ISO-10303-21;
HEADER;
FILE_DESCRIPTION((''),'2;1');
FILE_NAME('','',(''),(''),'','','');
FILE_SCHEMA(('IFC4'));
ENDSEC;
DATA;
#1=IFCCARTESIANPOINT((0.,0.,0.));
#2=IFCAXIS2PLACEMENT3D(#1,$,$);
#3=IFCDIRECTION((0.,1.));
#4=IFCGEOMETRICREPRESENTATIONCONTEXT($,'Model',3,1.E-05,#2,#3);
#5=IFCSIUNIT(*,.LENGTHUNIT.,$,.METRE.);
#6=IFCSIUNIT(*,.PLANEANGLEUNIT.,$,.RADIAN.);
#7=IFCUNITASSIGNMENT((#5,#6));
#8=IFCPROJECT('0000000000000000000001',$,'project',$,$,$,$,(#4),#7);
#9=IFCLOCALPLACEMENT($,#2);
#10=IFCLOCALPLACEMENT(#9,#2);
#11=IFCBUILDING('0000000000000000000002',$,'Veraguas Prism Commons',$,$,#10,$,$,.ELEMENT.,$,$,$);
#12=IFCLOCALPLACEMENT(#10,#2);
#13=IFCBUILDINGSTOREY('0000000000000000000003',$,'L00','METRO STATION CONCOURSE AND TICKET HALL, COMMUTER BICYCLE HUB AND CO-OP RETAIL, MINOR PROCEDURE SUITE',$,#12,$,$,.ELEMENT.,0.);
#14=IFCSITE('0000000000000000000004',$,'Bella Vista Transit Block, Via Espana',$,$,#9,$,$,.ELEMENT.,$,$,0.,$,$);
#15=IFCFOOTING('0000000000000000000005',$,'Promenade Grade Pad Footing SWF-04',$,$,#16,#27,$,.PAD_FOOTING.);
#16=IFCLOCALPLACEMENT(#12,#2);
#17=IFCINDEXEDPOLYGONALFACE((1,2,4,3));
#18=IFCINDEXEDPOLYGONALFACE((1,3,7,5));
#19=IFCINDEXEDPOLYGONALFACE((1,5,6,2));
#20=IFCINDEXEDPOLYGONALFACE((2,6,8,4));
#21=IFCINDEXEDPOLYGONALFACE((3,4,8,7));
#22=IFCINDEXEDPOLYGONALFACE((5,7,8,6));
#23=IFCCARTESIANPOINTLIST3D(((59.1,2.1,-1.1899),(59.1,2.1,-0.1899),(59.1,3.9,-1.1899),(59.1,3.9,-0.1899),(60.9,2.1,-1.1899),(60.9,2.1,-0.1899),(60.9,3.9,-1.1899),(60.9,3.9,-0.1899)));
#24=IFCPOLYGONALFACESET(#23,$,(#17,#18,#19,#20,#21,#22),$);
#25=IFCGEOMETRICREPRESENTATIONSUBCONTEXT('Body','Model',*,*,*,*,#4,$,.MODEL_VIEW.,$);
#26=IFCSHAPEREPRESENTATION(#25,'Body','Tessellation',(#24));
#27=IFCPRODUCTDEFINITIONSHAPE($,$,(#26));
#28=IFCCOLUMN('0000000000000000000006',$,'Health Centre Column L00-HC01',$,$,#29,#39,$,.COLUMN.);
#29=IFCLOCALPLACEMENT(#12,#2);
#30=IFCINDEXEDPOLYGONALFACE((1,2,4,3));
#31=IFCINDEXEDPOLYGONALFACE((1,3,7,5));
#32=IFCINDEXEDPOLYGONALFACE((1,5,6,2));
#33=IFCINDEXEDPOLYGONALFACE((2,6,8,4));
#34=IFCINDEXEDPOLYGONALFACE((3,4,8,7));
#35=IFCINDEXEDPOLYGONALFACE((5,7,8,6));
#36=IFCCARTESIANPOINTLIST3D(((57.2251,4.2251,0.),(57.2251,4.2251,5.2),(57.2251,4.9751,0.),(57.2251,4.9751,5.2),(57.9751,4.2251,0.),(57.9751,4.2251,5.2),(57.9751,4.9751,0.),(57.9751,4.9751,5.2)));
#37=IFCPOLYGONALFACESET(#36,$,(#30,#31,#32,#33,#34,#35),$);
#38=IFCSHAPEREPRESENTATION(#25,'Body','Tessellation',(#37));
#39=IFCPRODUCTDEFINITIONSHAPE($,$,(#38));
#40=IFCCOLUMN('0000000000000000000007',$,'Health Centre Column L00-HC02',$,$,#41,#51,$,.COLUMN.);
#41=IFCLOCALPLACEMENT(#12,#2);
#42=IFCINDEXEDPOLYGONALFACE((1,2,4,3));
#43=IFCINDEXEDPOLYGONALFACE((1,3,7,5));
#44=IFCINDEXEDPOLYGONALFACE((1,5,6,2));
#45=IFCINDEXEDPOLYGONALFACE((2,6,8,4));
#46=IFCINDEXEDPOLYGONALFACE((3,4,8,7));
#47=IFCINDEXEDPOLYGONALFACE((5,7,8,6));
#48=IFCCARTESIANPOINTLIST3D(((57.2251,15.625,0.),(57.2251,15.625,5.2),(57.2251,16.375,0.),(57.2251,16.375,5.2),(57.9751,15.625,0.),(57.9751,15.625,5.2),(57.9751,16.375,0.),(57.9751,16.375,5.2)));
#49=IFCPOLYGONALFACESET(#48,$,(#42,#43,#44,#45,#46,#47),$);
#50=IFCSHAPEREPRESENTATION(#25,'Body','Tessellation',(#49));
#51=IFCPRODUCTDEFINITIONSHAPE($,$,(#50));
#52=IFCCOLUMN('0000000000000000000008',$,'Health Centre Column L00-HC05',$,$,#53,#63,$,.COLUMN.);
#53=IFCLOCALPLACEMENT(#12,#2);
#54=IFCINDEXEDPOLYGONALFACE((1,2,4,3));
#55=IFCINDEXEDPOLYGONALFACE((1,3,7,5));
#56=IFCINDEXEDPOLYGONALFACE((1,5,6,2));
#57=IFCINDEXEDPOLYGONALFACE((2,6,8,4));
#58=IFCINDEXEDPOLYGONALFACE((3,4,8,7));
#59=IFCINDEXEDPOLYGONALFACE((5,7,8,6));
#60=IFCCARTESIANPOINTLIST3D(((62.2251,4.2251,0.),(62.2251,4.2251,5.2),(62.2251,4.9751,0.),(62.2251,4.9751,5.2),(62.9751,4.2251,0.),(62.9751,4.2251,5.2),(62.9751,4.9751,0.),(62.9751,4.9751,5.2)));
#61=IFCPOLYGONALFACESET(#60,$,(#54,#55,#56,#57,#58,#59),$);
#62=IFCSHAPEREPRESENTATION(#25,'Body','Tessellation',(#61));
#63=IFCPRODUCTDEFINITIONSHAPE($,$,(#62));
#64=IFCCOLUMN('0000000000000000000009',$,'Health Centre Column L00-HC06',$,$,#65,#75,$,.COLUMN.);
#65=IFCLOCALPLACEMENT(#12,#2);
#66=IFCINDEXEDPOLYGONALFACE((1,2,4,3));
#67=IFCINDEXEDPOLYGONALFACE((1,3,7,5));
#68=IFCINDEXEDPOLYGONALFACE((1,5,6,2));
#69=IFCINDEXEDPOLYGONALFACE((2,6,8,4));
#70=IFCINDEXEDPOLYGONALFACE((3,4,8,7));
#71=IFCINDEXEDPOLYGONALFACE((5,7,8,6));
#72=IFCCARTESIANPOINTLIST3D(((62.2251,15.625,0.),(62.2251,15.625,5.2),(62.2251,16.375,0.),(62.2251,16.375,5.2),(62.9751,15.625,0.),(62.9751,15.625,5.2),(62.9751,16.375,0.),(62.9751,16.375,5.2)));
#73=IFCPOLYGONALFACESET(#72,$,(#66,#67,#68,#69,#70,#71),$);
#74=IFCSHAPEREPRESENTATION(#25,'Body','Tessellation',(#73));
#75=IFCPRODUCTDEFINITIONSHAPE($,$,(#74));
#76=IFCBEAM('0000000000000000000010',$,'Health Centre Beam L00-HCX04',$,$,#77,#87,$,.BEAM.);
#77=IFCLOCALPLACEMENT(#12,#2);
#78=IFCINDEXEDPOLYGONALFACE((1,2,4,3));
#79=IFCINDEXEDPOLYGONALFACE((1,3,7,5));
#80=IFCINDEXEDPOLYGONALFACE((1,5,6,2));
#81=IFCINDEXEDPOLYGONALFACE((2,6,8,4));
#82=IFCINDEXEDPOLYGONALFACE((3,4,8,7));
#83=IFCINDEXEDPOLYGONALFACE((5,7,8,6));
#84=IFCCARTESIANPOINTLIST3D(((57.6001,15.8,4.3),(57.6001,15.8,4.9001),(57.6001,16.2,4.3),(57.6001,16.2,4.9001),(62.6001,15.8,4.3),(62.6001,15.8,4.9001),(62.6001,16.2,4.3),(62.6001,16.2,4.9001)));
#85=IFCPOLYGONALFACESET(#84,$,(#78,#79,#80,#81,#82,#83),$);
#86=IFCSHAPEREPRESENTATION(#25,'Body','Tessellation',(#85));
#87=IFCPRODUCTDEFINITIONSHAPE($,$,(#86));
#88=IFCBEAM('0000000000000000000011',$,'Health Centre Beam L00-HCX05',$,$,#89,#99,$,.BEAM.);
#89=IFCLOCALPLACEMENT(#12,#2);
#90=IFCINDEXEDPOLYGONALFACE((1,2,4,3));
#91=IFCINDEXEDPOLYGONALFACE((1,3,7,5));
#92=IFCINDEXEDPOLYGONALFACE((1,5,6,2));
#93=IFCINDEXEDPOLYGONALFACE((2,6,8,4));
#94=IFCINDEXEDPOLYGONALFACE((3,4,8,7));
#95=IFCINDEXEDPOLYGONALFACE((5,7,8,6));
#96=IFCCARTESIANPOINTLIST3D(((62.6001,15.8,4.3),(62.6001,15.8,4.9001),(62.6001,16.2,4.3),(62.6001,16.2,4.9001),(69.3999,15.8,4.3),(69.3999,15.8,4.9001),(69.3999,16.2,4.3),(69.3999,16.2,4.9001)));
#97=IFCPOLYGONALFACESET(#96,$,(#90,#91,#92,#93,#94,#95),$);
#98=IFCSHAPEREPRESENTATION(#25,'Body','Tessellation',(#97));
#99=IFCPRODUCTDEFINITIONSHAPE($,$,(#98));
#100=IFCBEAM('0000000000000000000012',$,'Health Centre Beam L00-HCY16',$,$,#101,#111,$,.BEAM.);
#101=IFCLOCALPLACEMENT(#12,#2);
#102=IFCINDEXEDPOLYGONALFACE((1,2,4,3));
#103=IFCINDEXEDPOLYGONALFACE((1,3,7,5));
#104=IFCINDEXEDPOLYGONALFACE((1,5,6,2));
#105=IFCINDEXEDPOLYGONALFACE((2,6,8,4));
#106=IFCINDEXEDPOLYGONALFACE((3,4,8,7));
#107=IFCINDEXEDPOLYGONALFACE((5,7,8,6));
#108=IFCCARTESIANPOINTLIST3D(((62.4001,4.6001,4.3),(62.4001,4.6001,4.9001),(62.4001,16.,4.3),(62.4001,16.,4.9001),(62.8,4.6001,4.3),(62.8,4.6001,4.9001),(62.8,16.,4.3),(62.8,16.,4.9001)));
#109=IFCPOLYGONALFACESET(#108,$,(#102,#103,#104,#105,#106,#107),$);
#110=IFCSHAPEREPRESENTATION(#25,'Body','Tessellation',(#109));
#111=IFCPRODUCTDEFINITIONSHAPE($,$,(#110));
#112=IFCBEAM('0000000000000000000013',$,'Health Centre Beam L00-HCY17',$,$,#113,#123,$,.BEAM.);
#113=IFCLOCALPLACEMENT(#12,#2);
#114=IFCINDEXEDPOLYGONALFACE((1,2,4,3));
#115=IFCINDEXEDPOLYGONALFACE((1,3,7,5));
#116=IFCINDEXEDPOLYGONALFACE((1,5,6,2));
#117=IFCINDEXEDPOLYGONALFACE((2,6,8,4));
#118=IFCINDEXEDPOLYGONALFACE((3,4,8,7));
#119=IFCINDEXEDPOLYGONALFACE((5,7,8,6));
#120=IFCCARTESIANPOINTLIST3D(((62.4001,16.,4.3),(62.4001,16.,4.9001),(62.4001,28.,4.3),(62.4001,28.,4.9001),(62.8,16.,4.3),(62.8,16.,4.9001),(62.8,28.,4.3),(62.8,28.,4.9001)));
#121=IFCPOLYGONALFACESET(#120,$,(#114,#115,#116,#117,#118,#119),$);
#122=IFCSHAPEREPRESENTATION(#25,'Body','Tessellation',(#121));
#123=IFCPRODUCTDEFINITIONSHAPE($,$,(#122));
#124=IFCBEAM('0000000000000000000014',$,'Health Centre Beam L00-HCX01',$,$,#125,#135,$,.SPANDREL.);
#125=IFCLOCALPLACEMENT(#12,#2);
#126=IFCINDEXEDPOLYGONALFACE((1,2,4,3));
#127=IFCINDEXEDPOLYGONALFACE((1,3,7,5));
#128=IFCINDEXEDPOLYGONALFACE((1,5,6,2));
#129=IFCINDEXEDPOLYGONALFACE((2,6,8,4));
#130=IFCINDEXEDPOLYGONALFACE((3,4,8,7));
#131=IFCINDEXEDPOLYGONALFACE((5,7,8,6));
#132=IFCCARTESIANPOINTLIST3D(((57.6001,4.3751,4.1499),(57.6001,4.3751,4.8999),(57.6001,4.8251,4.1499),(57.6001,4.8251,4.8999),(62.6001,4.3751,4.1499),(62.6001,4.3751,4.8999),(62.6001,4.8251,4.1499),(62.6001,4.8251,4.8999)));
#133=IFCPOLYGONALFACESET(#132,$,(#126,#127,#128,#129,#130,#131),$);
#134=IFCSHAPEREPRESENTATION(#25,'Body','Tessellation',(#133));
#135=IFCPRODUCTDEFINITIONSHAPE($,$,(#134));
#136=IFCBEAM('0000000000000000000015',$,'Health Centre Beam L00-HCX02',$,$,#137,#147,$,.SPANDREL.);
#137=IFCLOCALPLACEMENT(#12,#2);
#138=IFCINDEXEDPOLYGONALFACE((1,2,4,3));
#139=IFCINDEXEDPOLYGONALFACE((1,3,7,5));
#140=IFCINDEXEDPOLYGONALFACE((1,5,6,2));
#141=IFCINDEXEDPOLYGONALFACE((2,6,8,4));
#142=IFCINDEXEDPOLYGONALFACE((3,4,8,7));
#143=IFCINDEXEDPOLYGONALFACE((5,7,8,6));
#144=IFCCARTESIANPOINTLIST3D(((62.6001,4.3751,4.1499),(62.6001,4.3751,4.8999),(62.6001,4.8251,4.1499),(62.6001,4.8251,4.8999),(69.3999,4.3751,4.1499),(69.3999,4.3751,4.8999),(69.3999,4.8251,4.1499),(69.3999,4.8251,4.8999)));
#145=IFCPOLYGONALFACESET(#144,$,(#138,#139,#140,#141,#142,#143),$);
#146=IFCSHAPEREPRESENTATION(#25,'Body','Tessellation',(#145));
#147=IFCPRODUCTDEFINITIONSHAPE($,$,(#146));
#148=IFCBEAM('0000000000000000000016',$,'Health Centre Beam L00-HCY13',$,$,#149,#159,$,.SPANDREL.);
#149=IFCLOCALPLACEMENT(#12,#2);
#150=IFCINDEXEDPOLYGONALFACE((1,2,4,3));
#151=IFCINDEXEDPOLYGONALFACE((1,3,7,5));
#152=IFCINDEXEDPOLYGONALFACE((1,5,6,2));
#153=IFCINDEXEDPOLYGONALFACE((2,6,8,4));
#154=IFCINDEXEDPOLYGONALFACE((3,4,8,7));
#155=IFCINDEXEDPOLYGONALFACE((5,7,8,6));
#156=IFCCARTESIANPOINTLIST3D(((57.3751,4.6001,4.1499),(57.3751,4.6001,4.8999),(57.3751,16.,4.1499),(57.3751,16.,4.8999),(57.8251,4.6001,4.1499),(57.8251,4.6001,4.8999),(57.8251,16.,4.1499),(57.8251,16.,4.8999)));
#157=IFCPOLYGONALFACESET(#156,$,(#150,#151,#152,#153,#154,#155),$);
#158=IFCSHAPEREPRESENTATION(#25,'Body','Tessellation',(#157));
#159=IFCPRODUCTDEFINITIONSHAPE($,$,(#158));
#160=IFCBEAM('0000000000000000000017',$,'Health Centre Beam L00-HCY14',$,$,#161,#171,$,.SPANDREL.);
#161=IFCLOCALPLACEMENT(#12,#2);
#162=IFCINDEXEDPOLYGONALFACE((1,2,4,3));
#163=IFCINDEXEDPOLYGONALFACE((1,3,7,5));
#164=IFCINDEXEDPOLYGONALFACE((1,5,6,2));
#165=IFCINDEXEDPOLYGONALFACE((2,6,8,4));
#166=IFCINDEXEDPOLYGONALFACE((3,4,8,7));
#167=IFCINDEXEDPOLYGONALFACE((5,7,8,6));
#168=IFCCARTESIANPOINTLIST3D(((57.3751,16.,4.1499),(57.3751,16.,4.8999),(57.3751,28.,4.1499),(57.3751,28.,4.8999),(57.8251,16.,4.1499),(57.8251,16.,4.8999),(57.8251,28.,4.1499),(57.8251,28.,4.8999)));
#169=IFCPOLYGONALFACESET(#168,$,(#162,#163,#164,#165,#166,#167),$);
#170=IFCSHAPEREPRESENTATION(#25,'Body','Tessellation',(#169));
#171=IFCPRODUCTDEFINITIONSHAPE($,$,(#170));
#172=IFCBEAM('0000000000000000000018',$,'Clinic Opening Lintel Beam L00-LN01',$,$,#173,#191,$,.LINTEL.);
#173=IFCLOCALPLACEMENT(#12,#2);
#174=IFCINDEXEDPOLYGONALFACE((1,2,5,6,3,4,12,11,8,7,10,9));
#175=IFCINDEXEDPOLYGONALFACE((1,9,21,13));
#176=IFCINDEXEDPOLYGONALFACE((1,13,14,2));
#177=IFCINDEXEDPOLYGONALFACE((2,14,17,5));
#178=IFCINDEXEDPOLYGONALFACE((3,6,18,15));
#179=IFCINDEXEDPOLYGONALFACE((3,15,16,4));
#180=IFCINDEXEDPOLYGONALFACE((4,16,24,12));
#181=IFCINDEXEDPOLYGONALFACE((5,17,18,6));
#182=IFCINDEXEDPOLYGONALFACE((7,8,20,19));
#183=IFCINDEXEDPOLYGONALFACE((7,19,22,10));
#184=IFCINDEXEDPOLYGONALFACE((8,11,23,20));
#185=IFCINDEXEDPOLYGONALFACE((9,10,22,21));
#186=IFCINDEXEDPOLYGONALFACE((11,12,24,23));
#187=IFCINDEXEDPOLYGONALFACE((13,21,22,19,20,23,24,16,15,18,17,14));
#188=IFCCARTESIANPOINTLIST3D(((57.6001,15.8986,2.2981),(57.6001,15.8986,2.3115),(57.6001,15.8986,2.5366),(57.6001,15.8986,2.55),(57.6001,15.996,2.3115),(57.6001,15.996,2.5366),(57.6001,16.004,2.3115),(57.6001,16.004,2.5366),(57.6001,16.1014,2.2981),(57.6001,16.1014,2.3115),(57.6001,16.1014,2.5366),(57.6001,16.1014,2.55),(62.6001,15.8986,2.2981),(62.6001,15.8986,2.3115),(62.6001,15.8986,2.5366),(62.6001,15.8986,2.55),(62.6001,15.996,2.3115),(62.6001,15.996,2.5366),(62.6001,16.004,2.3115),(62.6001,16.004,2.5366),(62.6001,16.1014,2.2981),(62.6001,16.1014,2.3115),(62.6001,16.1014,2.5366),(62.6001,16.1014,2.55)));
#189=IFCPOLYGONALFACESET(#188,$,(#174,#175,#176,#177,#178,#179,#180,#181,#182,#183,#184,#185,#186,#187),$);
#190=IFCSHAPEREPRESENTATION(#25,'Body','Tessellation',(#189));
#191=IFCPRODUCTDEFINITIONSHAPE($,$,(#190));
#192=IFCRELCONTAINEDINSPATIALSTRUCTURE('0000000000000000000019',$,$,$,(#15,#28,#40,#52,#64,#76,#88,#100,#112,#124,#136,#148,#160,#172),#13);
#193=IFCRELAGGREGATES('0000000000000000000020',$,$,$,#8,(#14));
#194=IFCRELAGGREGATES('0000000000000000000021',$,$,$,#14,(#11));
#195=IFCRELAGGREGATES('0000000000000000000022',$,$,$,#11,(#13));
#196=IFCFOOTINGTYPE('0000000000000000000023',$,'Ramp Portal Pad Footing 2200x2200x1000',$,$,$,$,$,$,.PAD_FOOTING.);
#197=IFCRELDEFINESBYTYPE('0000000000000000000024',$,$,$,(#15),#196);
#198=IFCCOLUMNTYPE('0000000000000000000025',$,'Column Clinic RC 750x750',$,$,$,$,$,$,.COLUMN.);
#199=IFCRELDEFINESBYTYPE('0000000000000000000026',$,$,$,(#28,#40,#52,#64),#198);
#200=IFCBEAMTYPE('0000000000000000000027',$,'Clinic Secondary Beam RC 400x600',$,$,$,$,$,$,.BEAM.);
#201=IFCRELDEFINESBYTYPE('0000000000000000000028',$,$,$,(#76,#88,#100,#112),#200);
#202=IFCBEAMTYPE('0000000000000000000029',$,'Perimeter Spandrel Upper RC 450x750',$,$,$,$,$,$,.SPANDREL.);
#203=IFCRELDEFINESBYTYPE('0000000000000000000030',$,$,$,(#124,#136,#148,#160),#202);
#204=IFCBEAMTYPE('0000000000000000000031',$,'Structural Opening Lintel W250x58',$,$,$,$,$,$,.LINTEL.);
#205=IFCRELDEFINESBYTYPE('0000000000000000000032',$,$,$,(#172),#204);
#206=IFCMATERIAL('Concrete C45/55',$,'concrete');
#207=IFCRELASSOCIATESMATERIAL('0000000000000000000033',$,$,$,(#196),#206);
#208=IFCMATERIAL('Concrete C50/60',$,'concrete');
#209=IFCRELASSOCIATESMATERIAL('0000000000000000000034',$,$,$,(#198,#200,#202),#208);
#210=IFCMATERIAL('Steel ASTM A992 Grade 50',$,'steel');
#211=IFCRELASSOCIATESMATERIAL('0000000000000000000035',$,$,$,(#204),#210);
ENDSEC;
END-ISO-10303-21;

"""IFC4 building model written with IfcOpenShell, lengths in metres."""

from ifc_helpers import new_model, si_unit, direction, frame, origin, origin_2d, place, context, subcontext, project, spatial, rectangle, i_section, extrude, source, transform, mapped, material, material_profile, profile_set, type_object, element, save


model = new_model("IFC4")

# Units and contexts
model_context = context("Model", 3, precision=1e-05, world=origin(), true_north=direction((0.0, 1.0)))
body_context = subcontext(model_context, "Body", "Model", "MODEL_VIEW")
ifc_project = project(units=[si_unit("LENGTHUNIT", "METRE"), si_unit("PLANEANGLEUNIT", "RADIAN")], contexts=[model_context])

# Site, building, storey
site_placement = place(None, origin())
site = spatial("IfcSite", under=ifc_project, at=site_placement, Name="Bella Vista Transit Block, Via Espana", CompositionType="ELEMENT", RefElevation=0.0)
building_placement = place(site_placement, origin())
building = spatial("IfcBuilding", under=site, at=building_placement, Name="Veraguas Prism Commons", CompositionType="ELEMENT")
storey_placement = place(building_placement, origin())
storey = spatial("IfcBuildingStorey", under=building, at=storey_placement, Name="L00", Description="METRO STATION CONCOURSE AND TICKET HALL, COMMUTER BICYCLE HUB AND CO-OP RETAIL, MINOR PROCEDURE SUITE", CompositionType="ELEMENT", Elevation=0.0)

# Footing
ifc_material_1 = material(Name="Concrete C45/55", Category="concrete")
footing_type = type_object("IfcFootingType", Name="Ramp Portal Pad Footing 2200x2200x1000", PredefinedType="PAD_FOOTING", material=ifc_material_1)
shared_shape_1 = source(origin(), body_context, "Body", "SweptSolid", [
    extrude(rectangle(XDim=1.8, YDim=1.8, at=origin_2d()), origin(), (0.0, 0.0, 1.0), 1.0),
])
footing_placement = place(storey_placement, frame((60.0, 3.0, -1.1899), z_axis=(0.0, 0.0, 1.0), x_axis=(1.0, 0.0, 0.0)))
element("IfcFooting", 1, at=footing_placement, inside=storey, type_object=footing_type, Name="Promenade Grade Pad Footing SWF-04", PredefinedType="PAD_FOOTING", context=body_context, shape_type="MappedRepresentation", body=[
    mapped(shared_shape_1, transform((0.0, 0.0, 0.0), scale=1.0)),
])

# Columns
ifc_material_2 = material(Name="Concrete C50/60", Category="concrete")
ifc_material_profile_1 = material_profile(ifc_material_2, rectangle(XDim=0.75, YDim=0.75, at=origin_2d()), Name="RC750X750")
ifc_profile_set_1 = profile_set([ifc_material_profile_1], Name="Concrete C50/60")
column_type = type_object("IfcColumnType", Name="Column Clinic RC 750x750", PredefinedType="COLUMN", material=ifc_profile_set_1)
for number, where, z_axis, x_axis, name in (
    (2, (57.6001, 4.6001, 0.0), (0.0, 0.0, 1.0), (1.0, 0.0, 0.0), "Health Centre Column L00-HC01"),
    (3, (57.6001, 16.0, 0.0), (0.0, 0.0, 1.0), (1.0, 0.0, 0.0), "Health Centre Column L00-HC02"),
    (4, (62.6001, 4.6001, 0.0), (0.0, 0.0, 1.0), (1.0, 0.0, 0.0), "Health Centre Column L00-HC05"),
    (5, (62.6001, 16.0, 0.0), (0.0, 0.0, 1.0), (1.0, 0.0, 0.0), "Health Centre Column L00-HC06"),
):
    element("IfcColumn", number, at=place(storey_placement, frame(where, z_axis=z_axis, x_axis=x_axis)), inside=storey, type_object=column_type, Name=name, PredefinedType="COLUMN", context=body_context, shape_type="SweptSolid", body=[
        extrude(rectangle(XDim=0.75, YDim=0.75, at=origin_2d()), origin(), (0.0, 0.0, 1.0), 5.2),
    ])

# Beams
ifc_material_profile_2 = material_profile(ifc_material_2, rectangle(XDim=0.3999, YDim=0.6001, at=origin_2d()), Name="RC400X600")
ifc_profile_set_2 = profile_set([ifc_material_profile_2], Name="Concrete C50/60")
beam_type_1 = type_object("IfcBeamType", Name="Clinic Secondary Beam RC 400x600", PredefinedType="BEAM", material=ifc_profile_set_2)
beam_1_placement = place(storey_placement, frame((57.6001, 16.0, 4.6001), z_axis=(1.0, 0.0, 0.0), x_axis=(0.0, 1.0, 0.0)))
element("IfcBeam", 6, at=beam_1_placement, inside=storey, type_object=beam_type_1, Name="Health Centre Beam L00-HCX04", PredefinedType="BEAM", context=body_context, shape_type="SweptSolid", body=[
    extrude(rectangle(XDim=0.3999, YDim=0.6001, at=origin_2d()), origin(), (0.0, 0.0, 1.0), 5.0),
])
beam_2_placement = place(storey_placement, frame((62.6001, 16.0, 4.6001), z_axis=(1.0, 0.0, 0.0), x_axis=(0.0, 1.0, 0.0)))
element("IfcBeam", 7, at=beam_2_placement, inside=storey, type_object=beam_type_1, Name="Health Centre Beam L00-HCX05", PredefinedType="BEAM", context=body_context, shape_type="SweptSolid", body=[
    extrude(rectangle(XDim=0.3999, YDim=0.6001, at=origin_2d()), origin(), (0.0, 0.0, 1.0), 6.7998),
])
beam_3_placement = place(storey_placement, frame((62.6001, 4.6001, 4.6001), z_axis=(0.0, 1.0, 0.0), x_axis=(-1.0, 0.0, 0.0)))
element("IfcBeam", 8, at=beam_3_placement, inside=storey, type_object=beam_type_1, Name="Health Centre Beam L00-HCY16", PredefinedType="BEAM", context=body_context, shape_type="SweptSolid", body=[
    extrude(rectangle(XDim=0.3999, YDim=0.6001, at=origin_2d()), origin(), (0.0, 0.0, 1.0), 11.3999),
])
beam_4_placement = place(storey_placement, frame((62.6001, 16.0, 4.6001), z_axis=(0.0, 1.0, 0.0), x_axis=(-1.0, 0.0, 0.0)))
element("IfcBeam", 9, at=beam_4_placement, inside=storey, type_object=beam_type_1, Name="Health Centre Beam L00-HCY17", PredefinedType="BEAM", context=body_context, shape_type="SweptSolid", body=[
    extrude(rectangle(XDim=0.3999, YDim=0.6001, at=origin_2d()), origin(), (0.0, 0.0, 1.0), 12.0),
])
ifc_material_profile_3 = material_profile(ifc_material_2, rectangle(XDim=0.45, YDim=0.75, at=origin_2d()), Name="RC450X750")
ifc_profile_set_3 = profile_set([ifc_material_profile_3], Name="Concrete C50/60")
beam_type_2 = type_object("IfcBeamType", Name="Perimeter Spandrel Upper RC 450x750", PredefinedType="SPANDREL", material=ifc_profile_set_3)
beam_5_placement = place(storey_placement, frame((57.6001, 4.6001, 4.5249), z_axis=(1.0, 0.0, 0.0), x_axis=(0.0, 1.0, 0.0)))
element("IfcBeam", 10, at=beam_5_placement, inside=storey, type_object=beam_type_2, Name="Health Centre Beam L00-HCX01", PredefinedType="SPANDREL", context=body_context, shape_type="SweptSolid", body=[
    extrude(rectangle(XDim=0.45, YDim=0.75, at=origin_2d()), origin(), (0.0, 0.0, 1.0), 5.0),
])
beam_6_placement = place(storey_placement, frame((62.6001, 4.6001, 4.5249), z_axis=(1.0, 0.0, 0.0), x_axis=(0.0, 1.0, 0.0)))
element("IfcBeam", 11, at=beam_6_placement, inside=storey, type_object=beam_type_2, Name="Health Centre Beam L00-HCX02", PredefinedType="SPANDREL", context=body_context, shape_type="SweptSolid", body=[
    extrude(rectangle(XDim=0.45, YDim=0.75, at=origin_2d()), origin(), (0.0, 0.0, 1.0), 6.7998),
])
beam_7_placement = place(storey_placement, frame((57.6001, 4.6001, 4.5249), z_axis=(0.0, 1.0, 0.0), x_axis=(-1.0, 0.0, 0.0)))
element("IfcBeam", 12, at=beam_7_placement, inside=storey, type_object=beam_type_2, Name="Health Centre Beam L00-HCY13", PredefinedType="SPANDREL", context=body_context, shape_type="SweptSolid", body=[
    extrude(rectangle(XDim=0.45, YDim=0.75, at=origin_2d()), origin(), (0.0, 0.0, 1.0), 11.3999),
])
beam_8_placement = place(storey_placement, frame((57.6001, 16.0, 4.5249), z_axis=(0.0, 1.0, 0.0), x_axis=(-1.0, 0.0, 0.0)))
element("IfcBeam", 13, at=beam_8_placement, inside=storey, type_object=beam_type_2, Name="Health Centre Beam L00-HCY14", PredefinedType="SPANDREL", context=body_context, shape_type="SweptSolid", body=[
    extrude(rectangle(XDim=0.45, YDim=0.75, at=origin_2d()), origin(), (0.0, 0.0, 1.0), 12.0),
])
ifc_material_3 = material(Name="Steel ASTM A992 Grade 50", Category="steel")
ifc_material_profile_4 = material_profile(ifc_material_3, i_section(OverallWidth=0.2029, OverallDepth=0.252, WebThickness=0.0081, FlangeThickness=0.0134, at=origin_2d()), Name="W250X58")
ifc_profile_set_4 = profile_set([ifc_material_profile_4], Name="Steel ASTM A992 Grade 50")
beam_type_3 = type_object("IfcBeamType", Name="Structural Opening Lintel W250x58", PredefinedType="LINTEL", material=ifc_profile_set_4)
beam_9_placement = place(storey_placement, frame((57.6001, 16.0, 2.4241), z_axis=(1.0, 0.0, 0.0), x_axis=(0.0, 1.0, 0.0)))
element("IfcBeam", 14, at=beam_9_placement, inside=storey, type_object=beam_type_3, Name="Clinic Opening Lintel Beam L00-LN01", PredefinedType="LINTEL", context=body_context, shape_type="SweptSolid", body=[
    extrude(i_section(OverallWidth=0.2029, OverallDepth=0.252, WebThickness=0.0081, FlangeThickness=0.0134, at=origin_2d()), origin(), (0.0, 0.0, 1.0), 5.0),
])

save(model, "model.ifc")
